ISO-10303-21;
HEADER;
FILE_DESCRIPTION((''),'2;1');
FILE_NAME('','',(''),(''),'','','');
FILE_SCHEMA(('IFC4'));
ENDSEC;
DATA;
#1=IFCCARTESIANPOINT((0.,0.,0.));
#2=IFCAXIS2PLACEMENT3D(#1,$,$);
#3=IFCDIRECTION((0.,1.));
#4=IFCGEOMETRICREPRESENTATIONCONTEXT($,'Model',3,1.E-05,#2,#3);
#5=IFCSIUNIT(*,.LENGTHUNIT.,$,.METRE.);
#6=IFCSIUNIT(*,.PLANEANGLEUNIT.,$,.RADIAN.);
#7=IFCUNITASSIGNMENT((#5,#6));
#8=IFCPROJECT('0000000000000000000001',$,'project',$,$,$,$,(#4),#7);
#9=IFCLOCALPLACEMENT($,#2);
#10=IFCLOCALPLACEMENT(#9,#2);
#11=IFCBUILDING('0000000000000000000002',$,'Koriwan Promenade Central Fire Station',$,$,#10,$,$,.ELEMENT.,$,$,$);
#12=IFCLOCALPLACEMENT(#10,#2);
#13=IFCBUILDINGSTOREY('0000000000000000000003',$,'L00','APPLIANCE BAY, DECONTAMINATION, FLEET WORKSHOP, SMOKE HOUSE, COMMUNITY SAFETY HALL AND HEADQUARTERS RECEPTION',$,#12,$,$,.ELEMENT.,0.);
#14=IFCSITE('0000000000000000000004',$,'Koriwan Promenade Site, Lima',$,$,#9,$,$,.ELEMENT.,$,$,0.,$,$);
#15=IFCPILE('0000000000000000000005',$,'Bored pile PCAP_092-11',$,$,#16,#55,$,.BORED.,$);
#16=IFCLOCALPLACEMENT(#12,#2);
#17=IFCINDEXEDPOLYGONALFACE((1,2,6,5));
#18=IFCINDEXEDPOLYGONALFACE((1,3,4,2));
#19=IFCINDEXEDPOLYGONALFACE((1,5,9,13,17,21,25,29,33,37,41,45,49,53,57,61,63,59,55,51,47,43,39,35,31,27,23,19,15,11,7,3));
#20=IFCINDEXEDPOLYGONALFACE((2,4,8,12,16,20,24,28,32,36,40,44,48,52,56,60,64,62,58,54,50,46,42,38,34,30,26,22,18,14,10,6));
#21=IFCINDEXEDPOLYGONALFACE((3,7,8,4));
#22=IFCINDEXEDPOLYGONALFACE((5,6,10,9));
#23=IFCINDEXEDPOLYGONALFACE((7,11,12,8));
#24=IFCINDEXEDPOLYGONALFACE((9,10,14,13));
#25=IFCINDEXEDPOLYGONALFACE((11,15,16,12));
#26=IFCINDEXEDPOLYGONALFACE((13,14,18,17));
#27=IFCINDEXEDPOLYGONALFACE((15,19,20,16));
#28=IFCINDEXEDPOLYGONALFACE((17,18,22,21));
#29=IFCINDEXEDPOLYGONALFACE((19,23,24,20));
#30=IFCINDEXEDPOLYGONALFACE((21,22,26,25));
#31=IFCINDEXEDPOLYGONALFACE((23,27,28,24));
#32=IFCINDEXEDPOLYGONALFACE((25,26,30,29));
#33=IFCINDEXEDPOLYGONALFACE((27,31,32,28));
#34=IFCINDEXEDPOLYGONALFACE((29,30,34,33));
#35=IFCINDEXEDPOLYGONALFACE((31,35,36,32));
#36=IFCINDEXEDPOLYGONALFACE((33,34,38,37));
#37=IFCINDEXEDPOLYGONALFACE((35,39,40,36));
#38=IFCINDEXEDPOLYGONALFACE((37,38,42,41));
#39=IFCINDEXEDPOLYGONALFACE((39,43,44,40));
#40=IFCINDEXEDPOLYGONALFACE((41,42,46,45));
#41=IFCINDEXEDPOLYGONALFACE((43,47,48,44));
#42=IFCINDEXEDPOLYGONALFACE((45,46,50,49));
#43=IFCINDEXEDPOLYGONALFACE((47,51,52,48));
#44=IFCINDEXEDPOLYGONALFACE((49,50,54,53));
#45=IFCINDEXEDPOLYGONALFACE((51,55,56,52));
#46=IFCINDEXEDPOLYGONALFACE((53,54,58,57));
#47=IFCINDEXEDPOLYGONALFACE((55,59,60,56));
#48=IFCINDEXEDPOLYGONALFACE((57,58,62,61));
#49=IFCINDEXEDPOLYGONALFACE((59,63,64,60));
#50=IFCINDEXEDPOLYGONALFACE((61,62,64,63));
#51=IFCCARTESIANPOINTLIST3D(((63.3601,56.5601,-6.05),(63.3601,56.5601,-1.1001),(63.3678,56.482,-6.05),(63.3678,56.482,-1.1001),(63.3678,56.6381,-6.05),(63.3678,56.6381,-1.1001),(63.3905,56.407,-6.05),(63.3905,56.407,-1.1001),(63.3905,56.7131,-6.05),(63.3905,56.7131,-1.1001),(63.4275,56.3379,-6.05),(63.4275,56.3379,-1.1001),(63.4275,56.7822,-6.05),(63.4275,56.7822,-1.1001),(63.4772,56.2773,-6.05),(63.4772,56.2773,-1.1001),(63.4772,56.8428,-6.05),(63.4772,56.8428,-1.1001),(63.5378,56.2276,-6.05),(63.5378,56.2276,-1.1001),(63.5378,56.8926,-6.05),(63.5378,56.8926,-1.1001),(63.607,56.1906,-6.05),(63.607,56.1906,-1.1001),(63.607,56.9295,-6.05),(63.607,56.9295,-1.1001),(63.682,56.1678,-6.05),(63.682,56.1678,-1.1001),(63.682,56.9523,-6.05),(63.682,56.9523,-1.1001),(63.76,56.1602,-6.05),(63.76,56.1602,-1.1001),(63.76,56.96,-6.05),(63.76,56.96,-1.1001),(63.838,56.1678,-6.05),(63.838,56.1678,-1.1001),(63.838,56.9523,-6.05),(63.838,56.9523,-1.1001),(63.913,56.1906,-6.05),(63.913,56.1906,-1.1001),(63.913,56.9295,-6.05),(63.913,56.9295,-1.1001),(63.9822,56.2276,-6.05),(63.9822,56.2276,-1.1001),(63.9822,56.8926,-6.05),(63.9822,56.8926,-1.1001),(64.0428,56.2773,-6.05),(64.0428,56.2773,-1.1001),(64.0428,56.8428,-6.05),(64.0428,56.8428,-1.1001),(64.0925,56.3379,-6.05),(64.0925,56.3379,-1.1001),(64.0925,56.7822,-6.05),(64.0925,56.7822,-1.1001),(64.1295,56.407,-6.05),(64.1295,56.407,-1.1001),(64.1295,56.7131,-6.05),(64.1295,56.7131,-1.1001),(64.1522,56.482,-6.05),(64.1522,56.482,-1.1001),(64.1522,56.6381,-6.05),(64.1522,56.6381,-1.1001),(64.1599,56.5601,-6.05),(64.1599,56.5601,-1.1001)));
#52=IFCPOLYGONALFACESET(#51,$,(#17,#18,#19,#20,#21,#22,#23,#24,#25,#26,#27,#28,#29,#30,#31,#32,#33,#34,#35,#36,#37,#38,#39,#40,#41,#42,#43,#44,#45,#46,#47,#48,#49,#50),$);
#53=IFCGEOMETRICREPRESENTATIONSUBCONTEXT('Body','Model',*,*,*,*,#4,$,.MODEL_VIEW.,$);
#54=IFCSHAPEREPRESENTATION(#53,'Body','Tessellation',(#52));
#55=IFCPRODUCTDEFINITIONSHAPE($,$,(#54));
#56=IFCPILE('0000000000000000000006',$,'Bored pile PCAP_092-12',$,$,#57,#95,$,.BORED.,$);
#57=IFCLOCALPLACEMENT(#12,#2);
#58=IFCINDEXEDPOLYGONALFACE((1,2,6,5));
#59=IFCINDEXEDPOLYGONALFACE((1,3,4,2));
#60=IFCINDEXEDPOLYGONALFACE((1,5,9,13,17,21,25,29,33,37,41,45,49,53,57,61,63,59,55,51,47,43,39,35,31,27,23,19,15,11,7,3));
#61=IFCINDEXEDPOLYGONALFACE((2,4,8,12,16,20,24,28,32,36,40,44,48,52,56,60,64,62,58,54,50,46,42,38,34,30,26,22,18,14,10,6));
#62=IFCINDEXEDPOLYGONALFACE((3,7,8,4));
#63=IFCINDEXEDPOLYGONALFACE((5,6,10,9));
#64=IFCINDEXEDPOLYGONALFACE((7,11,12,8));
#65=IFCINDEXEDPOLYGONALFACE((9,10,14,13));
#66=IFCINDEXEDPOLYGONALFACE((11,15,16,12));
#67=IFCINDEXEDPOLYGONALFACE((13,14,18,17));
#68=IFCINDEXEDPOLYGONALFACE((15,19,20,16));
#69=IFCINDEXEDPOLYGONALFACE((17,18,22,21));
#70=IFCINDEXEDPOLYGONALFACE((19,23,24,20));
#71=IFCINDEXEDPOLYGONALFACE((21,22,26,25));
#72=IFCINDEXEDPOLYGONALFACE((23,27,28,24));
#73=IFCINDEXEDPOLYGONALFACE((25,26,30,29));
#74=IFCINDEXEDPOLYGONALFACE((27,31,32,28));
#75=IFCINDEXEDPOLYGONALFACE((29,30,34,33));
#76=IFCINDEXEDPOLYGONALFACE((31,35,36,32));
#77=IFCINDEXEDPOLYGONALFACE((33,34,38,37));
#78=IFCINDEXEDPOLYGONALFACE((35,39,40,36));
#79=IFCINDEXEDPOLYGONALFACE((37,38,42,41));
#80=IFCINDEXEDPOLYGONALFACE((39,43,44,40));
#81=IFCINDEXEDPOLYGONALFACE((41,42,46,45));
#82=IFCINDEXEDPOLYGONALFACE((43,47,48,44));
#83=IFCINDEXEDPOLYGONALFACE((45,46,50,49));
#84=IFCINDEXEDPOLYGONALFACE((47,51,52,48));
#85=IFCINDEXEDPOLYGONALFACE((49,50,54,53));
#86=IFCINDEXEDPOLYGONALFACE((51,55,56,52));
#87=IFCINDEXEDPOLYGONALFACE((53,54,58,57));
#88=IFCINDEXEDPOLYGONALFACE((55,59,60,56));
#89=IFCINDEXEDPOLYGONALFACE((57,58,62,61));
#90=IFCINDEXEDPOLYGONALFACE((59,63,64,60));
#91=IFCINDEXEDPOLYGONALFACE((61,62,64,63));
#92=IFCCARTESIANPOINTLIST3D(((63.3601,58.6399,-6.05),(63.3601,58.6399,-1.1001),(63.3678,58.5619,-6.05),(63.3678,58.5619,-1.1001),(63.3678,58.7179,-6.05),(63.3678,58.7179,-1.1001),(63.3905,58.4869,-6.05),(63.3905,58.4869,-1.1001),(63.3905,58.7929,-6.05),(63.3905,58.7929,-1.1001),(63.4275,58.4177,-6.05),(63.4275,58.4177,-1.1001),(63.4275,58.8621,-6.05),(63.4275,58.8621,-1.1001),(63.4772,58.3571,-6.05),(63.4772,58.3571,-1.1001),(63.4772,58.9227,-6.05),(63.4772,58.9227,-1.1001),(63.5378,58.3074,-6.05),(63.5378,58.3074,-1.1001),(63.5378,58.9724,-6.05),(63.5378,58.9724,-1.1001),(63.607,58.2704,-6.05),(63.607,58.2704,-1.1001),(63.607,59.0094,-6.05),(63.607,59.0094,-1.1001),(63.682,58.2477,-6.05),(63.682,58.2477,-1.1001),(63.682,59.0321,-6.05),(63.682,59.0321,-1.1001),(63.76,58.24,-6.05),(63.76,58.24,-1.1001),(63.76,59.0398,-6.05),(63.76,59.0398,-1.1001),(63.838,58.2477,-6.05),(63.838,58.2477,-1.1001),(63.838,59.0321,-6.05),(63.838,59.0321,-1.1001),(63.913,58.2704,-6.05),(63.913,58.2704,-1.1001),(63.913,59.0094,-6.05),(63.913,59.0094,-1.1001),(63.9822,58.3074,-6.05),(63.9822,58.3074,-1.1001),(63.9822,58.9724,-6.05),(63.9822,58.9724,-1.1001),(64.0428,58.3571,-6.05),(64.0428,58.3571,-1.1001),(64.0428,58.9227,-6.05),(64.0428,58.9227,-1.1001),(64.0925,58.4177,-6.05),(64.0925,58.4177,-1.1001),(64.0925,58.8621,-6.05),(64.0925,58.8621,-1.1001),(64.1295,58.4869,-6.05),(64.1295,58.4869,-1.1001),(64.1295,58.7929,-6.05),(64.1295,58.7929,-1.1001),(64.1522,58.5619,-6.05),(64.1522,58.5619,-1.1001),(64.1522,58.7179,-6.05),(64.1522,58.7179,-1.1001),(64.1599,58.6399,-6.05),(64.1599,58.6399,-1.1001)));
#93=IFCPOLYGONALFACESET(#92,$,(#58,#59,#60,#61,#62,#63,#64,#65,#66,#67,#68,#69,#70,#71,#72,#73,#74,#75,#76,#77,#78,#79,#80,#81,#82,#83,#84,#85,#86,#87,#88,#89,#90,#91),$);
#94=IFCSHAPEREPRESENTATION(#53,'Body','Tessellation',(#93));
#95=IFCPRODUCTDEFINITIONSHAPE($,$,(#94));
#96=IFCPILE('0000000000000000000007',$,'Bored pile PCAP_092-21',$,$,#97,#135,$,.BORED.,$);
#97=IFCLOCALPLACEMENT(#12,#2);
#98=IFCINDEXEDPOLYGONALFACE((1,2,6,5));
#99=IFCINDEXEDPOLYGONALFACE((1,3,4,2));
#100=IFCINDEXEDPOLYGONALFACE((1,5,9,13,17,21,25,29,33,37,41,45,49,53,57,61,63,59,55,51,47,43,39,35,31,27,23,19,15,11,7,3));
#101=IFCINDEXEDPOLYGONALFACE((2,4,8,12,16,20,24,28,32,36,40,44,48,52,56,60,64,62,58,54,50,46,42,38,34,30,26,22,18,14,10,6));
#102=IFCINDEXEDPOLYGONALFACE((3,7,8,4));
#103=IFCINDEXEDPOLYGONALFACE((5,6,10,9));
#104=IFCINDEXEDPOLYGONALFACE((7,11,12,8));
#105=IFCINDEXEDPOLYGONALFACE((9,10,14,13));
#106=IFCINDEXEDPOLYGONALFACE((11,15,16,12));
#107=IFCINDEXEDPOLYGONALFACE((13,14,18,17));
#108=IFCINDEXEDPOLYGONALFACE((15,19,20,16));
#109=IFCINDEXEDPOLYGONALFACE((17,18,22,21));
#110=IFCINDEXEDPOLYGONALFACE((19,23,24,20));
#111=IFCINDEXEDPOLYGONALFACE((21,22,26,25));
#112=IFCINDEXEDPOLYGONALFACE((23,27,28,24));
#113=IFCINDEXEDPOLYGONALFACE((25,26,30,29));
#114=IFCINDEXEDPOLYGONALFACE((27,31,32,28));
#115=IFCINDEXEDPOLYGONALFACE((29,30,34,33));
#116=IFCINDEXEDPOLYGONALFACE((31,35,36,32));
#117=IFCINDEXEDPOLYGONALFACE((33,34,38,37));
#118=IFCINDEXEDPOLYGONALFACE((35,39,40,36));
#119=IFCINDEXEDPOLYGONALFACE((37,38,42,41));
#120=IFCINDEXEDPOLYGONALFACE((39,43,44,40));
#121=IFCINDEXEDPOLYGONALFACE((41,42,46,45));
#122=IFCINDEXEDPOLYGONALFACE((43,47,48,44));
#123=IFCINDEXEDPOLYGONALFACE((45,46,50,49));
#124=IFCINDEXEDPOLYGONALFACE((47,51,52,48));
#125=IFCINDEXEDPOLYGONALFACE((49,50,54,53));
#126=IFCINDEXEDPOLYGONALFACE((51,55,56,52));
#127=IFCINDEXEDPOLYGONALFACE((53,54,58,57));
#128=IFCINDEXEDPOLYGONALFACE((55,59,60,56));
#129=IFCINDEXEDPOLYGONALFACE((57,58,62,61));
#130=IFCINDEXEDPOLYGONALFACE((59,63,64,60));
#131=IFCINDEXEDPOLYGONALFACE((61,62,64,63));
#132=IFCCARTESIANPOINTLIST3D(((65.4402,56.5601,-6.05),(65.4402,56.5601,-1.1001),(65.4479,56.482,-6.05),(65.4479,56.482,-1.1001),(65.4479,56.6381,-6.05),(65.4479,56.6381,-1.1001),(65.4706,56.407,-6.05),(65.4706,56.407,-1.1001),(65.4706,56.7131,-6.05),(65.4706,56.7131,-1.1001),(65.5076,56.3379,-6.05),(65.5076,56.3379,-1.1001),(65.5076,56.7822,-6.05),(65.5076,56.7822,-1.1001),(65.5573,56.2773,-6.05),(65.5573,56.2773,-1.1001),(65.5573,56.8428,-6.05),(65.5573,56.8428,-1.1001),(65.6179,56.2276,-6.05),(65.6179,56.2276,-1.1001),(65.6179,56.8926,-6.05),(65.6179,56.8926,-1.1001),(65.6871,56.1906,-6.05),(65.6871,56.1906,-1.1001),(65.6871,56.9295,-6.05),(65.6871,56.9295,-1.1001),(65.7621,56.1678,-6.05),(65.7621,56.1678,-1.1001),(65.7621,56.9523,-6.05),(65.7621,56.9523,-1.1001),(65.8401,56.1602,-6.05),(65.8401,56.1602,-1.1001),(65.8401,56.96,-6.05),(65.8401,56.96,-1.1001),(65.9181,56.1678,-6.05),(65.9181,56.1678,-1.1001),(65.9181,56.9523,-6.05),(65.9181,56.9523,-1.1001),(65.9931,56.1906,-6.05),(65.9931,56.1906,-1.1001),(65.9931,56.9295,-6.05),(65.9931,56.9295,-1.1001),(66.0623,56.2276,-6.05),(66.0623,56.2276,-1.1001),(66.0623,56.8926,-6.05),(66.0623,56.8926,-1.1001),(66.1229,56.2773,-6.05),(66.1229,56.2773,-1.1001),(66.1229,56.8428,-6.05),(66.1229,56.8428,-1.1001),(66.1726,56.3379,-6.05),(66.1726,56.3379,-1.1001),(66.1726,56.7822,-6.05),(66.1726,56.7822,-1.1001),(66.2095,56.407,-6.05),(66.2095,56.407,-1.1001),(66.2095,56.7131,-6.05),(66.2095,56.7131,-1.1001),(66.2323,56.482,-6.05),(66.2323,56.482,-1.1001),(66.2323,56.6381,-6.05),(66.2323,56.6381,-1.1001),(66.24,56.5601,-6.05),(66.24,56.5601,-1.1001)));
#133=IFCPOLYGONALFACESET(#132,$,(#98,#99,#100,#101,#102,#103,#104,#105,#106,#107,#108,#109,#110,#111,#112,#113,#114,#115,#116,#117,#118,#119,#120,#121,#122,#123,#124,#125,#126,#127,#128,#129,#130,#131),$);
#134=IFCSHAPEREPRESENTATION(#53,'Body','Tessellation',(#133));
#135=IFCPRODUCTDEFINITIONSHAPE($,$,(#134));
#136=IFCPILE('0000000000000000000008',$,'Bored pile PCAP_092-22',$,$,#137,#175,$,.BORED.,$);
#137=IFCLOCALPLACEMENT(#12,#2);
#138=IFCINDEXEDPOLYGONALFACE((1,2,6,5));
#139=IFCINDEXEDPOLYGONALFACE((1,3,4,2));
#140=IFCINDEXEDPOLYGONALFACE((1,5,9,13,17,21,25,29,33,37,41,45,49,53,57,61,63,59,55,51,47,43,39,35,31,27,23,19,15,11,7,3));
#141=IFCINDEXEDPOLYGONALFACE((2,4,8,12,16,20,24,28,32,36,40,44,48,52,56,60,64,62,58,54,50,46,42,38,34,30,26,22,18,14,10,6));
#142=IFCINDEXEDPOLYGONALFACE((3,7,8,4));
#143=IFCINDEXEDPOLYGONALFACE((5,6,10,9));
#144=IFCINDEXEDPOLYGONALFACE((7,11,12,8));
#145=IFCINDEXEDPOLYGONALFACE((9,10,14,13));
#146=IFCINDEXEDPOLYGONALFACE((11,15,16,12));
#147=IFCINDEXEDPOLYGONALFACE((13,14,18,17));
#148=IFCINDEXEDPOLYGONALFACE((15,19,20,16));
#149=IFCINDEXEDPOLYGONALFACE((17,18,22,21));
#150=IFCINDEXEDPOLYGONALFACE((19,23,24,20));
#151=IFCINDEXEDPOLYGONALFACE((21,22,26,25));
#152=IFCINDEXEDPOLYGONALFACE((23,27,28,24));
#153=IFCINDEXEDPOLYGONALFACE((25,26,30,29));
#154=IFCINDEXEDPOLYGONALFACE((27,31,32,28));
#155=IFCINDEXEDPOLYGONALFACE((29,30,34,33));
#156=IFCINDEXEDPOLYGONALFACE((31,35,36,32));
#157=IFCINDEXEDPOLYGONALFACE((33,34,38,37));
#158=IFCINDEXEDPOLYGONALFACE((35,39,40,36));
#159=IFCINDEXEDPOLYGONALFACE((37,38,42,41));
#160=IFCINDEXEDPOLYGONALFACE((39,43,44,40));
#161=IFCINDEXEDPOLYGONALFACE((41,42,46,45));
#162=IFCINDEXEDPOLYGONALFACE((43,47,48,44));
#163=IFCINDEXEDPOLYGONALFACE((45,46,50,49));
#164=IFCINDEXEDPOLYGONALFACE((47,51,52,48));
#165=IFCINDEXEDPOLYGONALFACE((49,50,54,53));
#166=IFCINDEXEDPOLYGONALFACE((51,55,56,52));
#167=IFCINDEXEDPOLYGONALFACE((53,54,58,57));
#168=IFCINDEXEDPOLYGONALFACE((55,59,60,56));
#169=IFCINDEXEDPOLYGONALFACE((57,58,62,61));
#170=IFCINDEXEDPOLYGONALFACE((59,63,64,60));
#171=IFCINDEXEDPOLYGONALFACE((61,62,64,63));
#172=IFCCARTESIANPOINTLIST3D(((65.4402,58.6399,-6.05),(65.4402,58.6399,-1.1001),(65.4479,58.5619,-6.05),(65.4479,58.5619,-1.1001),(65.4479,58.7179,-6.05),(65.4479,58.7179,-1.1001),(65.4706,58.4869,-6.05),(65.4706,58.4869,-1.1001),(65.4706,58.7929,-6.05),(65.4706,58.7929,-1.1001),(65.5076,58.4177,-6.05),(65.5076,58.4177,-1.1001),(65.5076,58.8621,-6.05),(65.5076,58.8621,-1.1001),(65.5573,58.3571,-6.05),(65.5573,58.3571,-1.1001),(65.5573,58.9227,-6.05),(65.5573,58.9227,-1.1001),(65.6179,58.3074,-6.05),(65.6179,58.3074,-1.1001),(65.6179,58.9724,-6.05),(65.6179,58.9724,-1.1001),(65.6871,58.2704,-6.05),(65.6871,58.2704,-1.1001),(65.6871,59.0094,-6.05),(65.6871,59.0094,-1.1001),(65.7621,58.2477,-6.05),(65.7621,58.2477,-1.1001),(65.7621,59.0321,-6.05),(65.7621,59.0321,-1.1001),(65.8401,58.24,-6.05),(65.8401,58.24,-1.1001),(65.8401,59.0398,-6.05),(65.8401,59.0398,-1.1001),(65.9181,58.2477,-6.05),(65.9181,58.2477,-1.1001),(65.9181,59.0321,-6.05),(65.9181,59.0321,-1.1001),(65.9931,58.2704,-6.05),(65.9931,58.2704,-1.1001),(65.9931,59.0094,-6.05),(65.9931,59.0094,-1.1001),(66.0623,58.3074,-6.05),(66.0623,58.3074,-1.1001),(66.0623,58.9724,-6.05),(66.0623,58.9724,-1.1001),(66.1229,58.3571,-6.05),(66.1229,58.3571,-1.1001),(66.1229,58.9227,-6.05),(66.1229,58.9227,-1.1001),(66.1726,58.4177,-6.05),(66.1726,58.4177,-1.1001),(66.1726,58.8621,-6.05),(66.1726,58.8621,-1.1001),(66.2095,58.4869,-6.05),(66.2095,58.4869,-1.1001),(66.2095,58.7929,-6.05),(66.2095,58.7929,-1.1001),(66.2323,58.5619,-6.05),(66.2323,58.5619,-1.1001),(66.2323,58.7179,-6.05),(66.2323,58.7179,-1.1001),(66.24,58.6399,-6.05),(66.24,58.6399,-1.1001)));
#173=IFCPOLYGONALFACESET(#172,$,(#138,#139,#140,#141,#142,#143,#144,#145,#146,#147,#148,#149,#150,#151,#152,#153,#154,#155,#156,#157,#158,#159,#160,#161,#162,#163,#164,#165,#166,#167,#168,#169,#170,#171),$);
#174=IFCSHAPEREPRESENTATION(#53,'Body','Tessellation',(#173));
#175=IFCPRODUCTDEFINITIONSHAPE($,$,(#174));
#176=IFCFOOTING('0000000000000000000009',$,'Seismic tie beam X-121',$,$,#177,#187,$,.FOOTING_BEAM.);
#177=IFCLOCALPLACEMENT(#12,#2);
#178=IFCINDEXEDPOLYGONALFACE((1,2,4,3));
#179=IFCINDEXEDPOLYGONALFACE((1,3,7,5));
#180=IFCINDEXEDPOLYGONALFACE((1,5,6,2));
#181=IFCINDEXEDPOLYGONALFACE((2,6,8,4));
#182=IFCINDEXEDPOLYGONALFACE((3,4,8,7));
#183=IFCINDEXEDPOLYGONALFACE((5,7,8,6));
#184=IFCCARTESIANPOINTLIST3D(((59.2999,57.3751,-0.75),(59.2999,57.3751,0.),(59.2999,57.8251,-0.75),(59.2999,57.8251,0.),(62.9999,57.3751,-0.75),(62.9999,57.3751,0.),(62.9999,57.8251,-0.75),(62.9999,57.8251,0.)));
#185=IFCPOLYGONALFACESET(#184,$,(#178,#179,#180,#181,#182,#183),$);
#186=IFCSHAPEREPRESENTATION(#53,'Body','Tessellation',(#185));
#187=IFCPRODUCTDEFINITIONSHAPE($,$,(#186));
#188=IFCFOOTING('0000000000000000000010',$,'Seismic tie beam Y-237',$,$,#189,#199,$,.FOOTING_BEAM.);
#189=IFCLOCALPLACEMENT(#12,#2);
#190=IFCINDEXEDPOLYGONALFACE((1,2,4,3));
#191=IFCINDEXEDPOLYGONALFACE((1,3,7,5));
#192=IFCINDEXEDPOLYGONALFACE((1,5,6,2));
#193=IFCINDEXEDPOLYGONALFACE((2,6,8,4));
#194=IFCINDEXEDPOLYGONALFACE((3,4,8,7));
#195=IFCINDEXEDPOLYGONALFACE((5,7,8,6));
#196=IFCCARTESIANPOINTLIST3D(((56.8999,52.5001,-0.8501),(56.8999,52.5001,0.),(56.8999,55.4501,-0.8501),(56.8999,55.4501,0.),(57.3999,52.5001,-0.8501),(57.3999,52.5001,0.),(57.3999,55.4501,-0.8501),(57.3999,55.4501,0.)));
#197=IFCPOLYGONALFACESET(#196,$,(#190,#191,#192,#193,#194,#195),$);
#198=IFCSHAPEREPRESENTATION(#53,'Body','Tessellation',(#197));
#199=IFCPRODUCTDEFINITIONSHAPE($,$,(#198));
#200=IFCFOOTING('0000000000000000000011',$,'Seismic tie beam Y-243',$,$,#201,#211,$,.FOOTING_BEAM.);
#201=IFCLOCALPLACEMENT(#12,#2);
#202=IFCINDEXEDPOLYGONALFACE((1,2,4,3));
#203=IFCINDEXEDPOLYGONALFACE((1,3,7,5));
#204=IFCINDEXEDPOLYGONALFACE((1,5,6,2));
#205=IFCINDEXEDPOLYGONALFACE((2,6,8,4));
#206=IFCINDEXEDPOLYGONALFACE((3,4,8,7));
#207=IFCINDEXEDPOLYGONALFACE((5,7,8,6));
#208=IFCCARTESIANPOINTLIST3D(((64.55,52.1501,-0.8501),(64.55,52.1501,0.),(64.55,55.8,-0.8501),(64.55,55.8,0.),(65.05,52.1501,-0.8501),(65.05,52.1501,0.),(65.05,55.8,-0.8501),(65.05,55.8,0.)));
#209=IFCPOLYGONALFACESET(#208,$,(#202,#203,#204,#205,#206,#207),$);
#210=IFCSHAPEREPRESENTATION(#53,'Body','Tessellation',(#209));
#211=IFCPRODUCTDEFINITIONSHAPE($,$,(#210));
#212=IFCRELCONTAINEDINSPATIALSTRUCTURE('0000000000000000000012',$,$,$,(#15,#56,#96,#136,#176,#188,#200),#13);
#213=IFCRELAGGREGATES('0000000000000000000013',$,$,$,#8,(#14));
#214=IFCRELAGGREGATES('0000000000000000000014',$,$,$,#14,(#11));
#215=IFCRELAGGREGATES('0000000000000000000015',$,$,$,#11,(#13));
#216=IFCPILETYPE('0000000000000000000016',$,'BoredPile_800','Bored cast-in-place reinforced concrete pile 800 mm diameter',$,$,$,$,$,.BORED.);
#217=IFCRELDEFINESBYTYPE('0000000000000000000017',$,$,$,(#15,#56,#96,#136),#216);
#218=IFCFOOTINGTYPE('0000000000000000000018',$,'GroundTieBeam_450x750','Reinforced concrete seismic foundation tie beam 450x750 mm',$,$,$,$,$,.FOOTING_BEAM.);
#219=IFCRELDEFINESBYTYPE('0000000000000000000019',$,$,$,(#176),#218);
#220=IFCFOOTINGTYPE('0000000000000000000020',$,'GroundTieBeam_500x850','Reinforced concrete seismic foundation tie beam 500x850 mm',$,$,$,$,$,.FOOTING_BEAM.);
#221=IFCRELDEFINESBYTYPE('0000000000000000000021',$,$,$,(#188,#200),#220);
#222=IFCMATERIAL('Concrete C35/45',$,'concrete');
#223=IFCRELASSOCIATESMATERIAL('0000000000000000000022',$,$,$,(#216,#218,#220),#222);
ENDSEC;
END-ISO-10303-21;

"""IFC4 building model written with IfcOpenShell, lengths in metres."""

from ifc_helpers import new_model, si_unit, direction, frame, origin, origin_2d, place, context, subcontext, project, spatial, rectangle, circle, extrude, material, material_profile, profile_set, type_object, element, save


model = new_model("IFC4")

# Units and contexts
model_context = context("Model", 3, precision=1e-05, world=origin(), true_north=direction((0.0, 1.0)))
body_context = subcontext(model_context, "Body", "Model", "MODEL_VIEW")
ifc_project = project(units=[si_unit("LENGTHUNIT", "METRE"), si_unit("PLANEANGLEUNIT", "RADIAN")], contexts=[model_context])

# Site, building, storey
site_placement = place(None, origin())
site = spatial("IfcSite", under=ifc_project, at=site_placement, Name="Koriwan Promenade Site, Lima", CompositionType="ELEMENT", RefElevation=0.0)
building_placement = place(site_placement, origin())
building = spatial("IfcBuilding", under=site, at=building_placement, Name="Koriwan Promenade Central Fire Station", CompositionType="ELEMENT")
storey_placement = place(building_placement, origin())
storey = spatial("IfcBuildingStorey", under=building, at=storey_placement, Name="L00", Description="APPLIANCE BAY, DECONTAMINATION, FLEET WORKSHOP, SMOKE HOUSE, COMMUNITY SAFETY HALL AND HEADQUARTERS RECEPTION", CompositionType="ELEMENT", Elevation=0.0)

# Piles
ifc_material_1 = material(Name="Concrete C35/45", Category="concrete")
ifc_material_profile_1 = material_profile(ifc_material_1, circle(Radius=0.3999, at=origin_2d()), Name="PILE-D800")
ifc_profile_set_1 = profile_set([ifc_material_profile_1], Name="Concrete C35/45")
pile_type_1 = type_object("IfcPileType", Name="BoredPile_800", Description="Bored cast-in-place reinforced concrete pile 800 mm diameter", PredefinedType="BORED", material=ifc_profile_set_1)
for number, where, z_axis, x_axis, name in (
    (1, (63.76, 56.5601, -1.1001), (0.0, 0.0, -1.0), (1.0, 0.0, 0.0), "Bored pile PCAP_092-11"),
    (2, (63.76, 58.6399, -1.1001), (0.0, 0.0, -1.0), (1.0, 0.0, 0.0), "Bored pile PCAP_092-12"),
    (3, (65.8401, 56.5601, -1.1001), (0.0, 0.0, -1.0), (1.0, 0.0, 0.0), "Bored pile PCAP_092-21"),
    (4, (65.8401, 58.6399, -1.1001), (0.0, 0.0, -1.0), (1.0, 0.0, 0.0), "Bored pile PCAP_092-22"),
):
    element("IfcPile", number, at=place(storey_placement, frame(where, z_axis=z_axis, x_axis=x_axis)), inside=storey, type_object=pile_type_1, Name=name, PredefinedType="BORED", context=body_context, shape_type="SweptSolid", body=[
        extrude(circle(Radius=0.3999, at=origin_2d()), origin(), (0.0, 0.0, 1.0), 4.95),
    ])

# Footings
footing_type_1 = type_object("IfcFootingType", Name="GroundTieBeam_450x750", Description="Reinforced concrete seismic foundation tie beam 450x750 mm", PredefinedType="FOOTING_BEAM", material=ifc_material_1)
footing_1_placement = place(storey_placement, frame((61.1499, 57.6001, -0.75), z_axis=(0.0, 0.0, 1.0), x_axis=(1.0, 0.0, 0.0)))
element("IfcFooting", 5, at=footing_1_placement, inside=storey, type_object=footing_type_1, Name="Seismic tie beam X-121", PredefinedType="FOOTING_BEAM", context=body_context, shape_type="SweptSolid", body=[
    extrude(rectangle(XDim=3.7, YDim=0.45, at=origin_2d()), origin(), (0.0, 0.0, 1.0), 0.75),
])
footing_type_2 = type_object("IfcFootingType", Name="GroundTieBeam_500x850", Description="Reinforced concrete seismic foundation tie beam 500x850 mm", PredefinedType="FOOTING_BEAM", material=ifc_material_1)
footing_2_placement = place(storey_placement, frame((57.1499, 53.9751, -0.8501), z_axis=(0.0, 0.0, 1.0), x_axis=(0.0, 1.0, 0.0)))
element("IfcFooting", 6, at=footing_2_placement, inside=storey, type_object=footing_type_2, Name="Seismic tie beam Y-237", PredefinedType="FOOTING_BEAM", context=body_context, shape_type="SweptSolid", body=[
    extrude(rectangle(XDim=2.95, YDim=0.5, at=origin_2d()), origin(), (0.0, 0.0, 1.0), 0.8501),
])
footing_3_placement = place(storey_placement, frame((64.8, 53.9751, -0.8501), z_axis=(0.0, 0.0, 1.0), x_axis=(0.0, 1.0, 0.0)))
element("IfcFooting", 7, at=footing_3_placement, inside=storey, type_object=footing_type_2, Name="Seismic tie beam Y-243", PredefinedType="FOOTING_BEAM", context=body_context, shape_type="SweptSolid", body=[
    extrude(rectangle(XDim=3.6499, YDim=0.5, at=origin_2d()), origin(), (0.0, 0.0, 1.0), 0.8501),
])

save(model, "model.ifc")
